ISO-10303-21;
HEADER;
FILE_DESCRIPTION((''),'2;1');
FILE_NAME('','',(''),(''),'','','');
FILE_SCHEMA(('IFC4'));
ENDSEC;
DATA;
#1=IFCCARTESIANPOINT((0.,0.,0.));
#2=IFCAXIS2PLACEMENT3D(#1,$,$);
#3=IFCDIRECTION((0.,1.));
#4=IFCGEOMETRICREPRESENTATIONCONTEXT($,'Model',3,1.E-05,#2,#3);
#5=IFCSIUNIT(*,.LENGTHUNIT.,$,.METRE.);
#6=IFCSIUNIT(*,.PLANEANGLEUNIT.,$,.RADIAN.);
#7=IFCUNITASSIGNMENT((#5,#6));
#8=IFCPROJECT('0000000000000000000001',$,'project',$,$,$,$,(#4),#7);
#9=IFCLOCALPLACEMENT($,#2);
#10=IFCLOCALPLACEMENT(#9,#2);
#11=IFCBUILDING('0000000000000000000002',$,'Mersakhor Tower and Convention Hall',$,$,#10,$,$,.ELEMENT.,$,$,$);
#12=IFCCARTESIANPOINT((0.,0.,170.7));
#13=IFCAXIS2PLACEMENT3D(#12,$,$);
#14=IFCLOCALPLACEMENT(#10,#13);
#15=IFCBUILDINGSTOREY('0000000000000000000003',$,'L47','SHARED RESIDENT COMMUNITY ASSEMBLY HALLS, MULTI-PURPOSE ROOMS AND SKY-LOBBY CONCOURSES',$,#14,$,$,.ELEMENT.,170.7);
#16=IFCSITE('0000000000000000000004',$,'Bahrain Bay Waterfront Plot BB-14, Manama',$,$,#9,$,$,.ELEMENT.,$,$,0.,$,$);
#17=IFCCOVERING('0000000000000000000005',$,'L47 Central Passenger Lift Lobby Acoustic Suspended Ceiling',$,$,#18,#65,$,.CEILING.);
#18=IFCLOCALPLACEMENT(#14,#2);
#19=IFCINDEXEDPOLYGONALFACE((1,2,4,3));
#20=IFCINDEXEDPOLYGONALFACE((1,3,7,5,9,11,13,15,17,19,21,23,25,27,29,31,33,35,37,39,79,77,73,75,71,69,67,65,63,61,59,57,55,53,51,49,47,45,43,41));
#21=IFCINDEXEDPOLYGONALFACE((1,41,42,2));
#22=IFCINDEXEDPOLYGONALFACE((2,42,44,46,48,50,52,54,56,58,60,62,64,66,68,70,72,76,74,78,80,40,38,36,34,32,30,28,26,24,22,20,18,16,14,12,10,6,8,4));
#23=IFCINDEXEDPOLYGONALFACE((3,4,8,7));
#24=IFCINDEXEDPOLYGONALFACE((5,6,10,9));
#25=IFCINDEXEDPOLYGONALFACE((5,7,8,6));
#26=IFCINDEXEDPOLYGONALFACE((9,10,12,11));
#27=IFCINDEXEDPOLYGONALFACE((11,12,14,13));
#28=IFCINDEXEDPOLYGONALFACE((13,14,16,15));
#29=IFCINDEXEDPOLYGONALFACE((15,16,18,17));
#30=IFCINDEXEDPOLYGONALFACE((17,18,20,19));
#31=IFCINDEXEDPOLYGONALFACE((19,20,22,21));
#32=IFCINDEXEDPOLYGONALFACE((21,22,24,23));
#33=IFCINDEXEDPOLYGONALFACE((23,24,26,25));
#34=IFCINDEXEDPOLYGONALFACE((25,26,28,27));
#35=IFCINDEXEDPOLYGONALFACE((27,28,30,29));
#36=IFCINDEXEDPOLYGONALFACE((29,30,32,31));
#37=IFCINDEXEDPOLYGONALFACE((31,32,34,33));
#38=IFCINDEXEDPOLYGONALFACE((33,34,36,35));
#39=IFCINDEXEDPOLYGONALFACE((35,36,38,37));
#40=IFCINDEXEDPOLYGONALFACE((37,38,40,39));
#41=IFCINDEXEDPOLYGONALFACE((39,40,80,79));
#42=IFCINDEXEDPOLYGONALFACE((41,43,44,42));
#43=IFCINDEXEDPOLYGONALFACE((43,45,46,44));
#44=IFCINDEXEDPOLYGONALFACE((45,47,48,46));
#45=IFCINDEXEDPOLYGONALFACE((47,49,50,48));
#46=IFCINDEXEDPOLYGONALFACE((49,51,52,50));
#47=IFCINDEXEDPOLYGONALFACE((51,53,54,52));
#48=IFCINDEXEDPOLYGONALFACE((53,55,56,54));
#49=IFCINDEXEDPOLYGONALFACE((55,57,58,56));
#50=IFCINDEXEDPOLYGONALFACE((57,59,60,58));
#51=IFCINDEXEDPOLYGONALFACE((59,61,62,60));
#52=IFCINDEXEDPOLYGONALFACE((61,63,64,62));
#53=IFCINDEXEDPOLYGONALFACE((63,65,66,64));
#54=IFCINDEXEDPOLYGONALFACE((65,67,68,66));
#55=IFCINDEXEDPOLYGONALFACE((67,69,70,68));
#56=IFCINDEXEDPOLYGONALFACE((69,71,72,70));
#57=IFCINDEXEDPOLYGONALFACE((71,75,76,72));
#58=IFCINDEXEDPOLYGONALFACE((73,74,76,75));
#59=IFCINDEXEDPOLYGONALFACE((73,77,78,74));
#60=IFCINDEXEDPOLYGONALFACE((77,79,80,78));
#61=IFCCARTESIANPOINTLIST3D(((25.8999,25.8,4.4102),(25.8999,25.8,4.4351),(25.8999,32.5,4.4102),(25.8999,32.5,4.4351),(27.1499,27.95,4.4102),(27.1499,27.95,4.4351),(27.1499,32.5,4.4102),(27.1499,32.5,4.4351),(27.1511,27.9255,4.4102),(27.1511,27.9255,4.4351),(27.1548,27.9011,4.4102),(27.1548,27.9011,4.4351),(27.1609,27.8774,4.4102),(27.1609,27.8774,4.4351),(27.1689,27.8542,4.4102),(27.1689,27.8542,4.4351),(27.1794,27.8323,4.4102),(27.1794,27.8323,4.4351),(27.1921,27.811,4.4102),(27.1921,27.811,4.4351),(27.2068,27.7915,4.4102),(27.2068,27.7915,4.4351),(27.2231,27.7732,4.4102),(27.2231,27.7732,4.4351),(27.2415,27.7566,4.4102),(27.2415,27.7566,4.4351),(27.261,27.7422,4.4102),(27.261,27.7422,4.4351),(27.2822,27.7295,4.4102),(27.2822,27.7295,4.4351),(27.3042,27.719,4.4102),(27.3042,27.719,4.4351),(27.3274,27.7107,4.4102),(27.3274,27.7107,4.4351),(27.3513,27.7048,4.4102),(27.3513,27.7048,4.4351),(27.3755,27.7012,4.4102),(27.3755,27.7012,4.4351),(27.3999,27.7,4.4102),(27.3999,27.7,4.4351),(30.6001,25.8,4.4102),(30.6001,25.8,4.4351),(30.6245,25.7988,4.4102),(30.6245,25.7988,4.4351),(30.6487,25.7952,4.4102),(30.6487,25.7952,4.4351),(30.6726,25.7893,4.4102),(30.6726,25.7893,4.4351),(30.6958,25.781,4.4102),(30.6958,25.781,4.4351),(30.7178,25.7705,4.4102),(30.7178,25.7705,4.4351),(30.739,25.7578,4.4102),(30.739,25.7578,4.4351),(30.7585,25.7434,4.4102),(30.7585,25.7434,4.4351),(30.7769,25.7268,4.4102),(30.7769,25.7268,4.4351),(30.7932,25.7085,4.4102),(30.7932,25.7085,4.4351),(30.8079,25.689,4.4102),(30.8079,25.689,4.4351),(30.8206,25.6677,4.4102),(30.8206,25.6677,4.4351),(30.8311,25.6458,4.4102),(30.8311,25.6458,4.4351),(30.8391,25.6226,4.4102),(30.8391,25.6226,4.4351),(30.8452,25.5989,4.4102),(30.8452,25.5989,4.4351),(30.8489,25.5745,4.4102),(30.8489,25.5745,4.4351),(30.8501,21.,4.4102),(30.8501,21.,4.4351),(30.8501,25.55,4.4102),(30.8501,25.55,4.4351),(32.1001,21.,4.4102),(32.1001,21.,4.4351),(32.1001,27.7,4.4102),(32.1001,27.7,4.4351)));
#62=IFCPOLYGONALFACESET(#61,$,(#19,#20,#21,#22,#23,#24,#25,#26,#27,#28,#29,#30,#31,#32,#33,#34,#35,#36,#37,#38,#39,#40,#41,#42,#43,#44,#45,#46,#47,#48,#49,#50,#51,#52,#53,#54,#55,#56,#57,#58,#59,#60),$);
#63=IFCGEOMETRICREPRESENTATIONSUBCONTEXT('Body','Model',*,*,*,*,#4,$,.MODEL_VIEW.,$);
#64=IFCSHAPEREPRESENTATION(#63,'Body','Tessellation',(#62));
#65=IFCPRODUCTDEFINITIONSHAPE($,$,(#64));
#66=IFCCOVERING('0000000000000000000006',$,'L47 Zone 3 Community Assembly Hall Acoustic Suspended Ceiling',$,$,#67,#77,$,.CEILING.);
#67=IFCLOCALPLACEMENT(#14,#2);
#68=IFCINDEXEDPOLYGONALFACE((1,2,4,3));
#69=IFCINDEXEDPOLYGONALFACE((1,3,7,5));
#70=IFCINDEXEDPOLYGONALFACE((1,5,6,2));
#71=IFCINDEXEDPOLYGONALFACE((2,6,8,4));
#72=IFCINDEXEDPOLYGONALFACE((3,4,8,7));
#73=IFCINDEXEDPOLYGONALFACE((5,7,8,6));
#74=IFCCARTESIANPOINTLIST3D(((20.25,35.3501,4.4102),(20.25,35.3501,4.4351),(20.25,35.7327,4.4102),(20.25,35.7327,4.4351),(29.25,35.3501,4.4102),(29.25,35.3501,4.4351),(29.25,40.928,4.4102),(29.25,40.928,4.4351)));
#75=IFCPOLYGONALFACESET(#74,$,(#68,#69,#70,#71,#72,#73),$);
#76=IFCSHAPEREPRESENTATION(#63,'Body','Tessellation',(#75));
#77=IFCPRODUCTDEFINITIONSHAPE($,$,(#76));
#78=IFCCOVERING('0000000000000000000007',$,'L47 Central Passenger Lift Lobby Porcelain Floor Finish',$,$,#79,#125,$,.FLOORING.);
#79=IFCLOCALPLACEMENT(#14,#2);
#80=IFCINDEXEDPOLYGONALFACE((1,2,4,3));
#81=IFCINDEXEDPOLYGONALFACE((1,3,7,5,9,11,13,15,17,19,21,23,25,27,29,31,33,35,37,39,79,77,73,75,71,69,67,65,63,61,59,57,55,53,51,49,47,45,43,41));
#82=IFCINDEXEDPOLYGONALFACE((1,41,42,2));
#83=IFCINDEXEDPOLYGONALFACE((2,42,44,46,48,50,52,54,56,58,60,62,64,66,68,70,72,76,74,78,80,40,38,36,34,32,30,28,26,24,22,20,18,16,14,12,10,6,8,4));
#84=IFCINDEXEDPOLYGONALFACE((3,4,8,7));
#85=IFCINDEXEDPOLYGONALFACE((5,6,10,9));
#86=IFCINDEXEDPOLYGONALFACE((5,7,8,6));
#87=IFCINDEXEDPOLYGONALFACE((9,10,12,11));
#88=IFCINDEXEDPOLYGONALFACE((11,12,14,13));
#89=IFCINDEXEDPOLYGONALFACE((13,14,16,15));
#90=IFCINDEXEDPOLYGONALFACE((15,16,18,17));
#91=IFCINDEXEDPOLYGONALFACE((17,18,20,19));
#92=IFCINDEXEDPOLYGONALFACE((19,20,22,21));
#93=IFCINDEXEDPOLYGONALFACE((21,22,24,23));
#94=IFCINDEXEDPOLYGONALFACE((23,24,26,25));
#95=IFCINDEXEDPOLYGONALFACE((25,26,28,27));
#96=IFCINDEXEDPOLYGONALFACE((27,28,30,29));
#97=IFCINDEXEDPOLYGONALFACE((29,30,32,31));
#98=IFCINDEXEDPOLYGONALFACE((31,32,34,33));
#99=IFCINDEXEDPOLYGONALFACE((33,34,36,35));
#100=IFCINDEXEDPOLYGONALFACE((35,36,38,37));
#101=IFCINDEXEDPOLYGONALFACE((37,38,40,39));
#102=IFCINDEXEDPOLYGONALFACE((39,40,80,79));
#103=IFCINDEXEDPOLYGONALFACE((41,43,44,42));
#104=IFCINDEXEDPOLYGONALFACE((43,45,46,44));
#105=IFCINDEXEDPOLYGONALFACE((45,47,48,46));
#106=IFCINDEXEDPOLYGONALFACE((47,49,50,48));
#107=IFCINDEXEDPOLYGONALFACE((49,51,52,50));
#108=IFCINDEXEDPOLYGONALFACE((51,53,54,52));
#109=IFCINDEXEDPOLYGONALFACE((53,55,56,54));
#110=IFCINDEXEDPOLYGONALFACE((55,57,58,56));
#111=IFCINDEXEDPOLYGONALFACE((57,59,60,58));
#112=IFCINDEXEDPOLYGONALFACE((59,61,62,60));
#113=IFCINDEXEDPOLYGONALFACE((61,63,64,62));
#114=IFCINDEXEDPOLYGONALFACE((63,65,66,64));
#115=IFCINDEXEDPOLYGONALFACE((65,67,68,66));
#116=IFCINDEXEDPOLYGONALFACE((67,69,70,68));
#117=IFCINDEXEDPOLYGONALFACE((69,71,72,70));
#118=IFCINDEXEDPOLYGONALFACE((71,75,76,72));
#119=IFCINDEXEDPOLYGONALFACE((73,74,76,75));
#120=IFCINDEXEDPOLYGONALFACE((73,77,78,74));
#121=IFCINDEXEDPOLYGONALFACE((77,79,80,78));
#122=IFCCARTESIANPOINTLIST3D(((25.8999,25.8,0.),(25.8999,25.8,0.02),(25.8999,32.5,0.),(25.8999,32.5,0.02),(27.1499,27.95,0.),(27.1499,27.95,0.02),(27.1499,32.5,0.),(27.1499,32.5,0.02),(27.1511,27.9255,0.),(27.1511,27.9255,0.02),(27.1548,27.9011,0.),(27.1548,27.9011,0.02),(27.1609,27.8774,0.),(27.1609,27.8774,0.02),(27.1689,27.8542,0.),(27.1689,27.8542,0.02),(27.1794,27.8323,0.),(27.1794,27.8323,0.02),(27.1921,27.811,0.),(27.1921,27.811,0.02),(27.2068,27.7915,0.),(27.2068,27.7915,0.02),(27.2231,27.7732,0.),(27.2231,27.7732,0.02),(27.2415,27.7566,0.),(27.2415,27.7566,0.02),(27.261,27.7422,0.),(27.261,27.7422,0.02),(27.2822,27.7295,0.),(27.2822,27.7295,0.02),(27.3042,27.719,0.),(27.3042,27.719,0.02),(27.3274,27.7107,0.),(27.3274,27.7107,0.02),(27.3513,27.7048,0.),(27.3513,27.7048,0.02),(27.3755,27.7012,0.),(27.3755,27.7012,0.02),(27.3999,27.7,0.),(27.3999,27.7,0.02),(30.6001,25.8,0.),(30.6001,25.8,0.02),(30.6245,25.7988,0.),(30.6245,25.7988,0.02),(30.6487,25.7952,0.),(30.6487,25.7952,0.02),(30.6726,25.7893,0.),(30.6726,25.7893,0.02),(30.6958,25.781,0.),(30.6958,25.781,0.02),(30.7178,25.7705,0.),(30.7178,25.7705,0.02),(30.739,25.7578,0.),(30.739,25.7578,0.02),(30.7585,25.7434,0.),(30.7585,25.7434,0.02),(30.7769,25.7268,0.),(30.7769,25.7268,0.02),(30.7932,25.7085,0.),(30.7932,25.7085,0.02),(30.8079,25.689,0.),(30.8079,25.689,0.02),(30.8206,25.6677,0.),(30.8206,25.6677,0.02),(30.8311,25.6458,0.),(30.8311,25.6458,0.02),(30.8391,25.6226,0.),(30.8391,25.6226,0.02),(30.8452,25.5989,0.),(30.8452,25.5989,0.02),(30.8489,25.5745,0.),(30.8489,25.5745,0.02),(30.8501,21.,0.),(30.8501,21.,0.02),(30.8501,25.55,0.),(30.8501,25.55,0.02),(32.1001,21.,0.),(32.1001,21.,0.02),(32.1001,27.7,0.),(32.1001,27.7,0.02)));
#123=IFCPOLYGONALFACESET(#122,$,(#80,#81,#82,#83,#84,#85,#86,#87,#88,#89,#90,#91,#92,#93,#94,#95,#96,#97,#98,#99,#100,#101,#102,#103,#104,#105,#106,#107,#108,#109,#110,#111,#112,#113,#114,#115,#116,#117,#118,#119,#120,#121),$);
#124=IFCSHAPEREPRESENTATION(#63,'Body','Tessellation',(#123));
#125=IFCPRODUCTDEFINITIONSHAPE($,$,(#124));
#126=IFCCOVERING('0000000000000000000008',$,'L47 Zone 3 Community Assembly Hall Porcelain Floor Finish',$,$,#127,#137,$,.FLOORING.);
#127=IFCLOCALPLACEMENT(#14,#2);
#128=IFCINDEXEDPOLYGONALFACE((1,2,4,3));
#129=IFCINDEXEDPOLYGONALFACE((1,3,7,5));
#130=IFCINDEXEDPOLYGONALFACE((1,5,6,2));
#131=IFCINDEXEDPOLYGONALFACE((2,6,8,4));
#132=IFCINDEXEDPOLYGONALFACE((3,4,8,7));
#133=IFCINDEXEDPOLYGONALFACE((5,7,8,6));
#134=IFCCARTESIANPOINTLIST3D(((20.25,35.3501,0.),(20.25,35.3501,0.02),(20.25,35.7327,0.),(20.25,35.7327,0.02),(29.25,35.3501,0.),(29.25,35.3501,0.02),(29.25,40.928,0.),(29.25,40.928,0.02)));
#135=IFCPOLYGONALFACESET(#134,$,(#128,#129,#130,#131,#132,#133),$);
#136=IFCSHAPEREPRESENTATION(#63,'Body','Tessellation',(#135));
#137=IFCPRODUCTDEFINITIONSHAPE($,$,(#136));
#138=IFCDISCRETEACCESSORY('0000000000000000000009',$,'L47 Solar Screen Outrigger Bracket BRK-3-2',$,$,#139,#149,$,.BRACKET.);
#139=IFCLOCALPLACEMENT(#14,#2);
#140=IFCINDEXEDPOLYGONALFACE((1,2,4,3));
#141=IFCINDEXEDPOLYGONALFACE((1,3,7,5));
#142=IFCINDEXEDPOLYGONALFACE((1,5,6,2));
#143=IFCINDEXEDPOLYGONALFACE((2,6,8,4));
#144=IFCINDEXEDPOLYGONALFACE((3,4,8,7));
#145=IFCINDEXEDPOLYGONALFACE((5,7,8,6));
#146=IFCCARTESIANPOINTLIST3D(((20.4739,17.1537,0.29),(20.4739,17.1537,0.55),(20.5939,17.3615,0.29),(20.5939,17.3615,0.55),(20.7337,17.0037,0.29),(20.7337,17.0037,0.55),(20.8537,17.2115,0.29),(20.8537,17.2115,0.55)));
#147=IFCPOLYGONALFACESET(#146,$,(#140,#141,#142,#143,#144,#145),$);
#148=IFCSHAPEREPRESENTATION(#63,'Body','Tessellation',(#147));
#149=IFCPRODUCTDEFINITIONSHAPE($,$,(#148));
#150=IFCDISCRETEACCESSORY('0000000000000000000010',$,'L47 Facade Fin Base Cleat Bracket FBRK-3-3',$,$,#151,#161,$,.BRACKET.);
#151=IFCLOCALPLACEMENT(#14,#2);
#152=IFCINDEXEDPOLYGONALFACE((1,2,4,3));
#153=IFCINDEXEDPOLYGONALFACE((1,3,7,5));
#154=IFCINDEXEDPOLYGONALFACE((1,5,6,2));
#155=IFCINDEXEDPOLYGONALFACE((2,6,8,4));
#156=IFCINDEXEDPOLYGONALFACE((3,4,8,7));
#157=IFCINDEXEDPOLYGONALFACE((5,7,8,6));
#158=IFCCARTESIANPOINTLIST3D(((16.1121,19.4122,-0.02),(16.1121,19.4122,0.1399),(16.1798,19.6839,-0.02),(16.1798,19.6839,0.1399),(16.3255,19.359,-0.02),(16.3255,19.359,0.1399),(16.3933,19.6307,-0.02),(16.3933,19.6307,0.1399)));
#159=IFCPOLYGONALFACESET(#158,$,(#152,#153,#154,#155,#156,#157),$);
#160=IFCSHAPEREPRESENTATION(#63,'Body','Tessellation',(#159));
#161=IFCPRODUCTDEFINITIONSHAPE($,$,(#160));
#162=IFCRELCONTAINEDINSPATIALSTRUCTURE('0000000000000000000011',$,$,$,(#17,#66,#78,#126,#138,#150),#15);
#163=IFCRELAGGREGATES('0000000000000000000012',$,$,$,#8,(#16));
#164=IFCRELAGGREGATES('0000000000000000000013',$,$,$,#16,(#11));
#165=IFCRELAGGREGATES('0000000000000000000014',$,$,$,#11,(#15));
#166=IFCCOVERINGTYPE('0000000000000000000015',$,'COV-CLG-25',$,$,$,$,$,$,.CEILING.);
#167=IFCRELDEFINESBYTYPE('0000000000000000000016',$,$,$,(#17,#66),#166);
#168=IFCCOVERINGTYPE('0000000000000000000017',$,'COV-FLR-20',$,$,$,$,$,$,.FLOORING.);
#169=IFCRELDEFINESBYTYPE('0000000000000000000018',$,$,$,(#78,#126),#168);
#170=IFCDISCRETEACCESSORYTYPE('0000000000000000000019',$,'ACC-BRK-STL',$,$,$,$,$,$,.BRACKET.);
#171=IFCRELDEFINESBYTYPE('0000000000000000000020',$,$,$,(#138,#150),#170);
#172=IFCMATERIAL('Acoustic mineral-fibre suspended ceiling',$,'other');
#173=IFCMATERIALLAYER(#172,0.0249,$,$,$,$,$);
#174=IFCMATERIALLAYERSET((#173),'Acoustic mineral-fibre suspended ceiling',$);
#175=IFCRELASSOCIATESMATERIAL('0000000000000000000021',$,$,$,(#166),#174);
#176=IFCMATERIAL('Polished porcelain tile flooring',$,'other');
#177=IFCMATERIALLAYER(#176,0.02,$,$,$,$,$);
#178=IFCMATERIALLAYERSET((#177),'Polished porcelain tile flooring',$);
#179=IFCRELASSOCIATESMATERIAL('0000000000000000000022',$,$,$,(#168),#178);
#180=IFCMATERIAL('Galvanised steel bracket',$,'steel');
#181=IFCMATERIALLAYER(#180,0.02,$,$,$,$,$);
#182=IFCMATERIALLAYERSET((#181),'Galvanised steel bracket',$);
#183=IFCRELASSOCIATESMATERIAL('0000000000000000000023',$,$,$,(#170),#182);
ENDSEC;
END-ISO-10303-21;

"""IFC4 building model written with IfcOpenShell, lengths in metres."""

from ifc_helpers import new_model, si_unit, direction, frame, origin, origin_2d, place, context, subcontext, project, spatial, polyline, rectangle, outline, extrude, material, layer, layer_set, type_object, element, save


model = new_model("IFC4")

# Units and contexts
model_context = context("Model", 3, precision=1e-05, world=origin(), true_north=direction((0.0, 1.0)))
body_context = subcontext(model_context, "Body", "Model", "MODEL_VIEW")
ifc_project = project(units=[si_unit("LENGTHUNIT", "METRE"), si_unit("PLANEANGLEUNIT", "RADIAN")], contexts=[model_context])

# Site, building, storey
site_placement = place(None, origin())
site = spatial("IfcSite", under=ifc_project, at=site_placement, Name="Bahrain Bay Waterfront Plot BB-14, Manama", CompositionType="ELEMENT", RefElevation=0.0)
building_placement = place(site_placement, origin())
building = spatial("IfcBuilding", under=site, at=building_placement, Name="Mersakhor Tower and Convention Hall", CompositionType="ELEMENT")
storey_placement = place(building_placement, frame((0.0, 0.0, 170.7)))
storey = spatial("IfcBuildingStorey", under=building, at=storey_placement, Name="L47", Description="SHARED RESIDENT COMMUNITY ASSEMBLY HALLS, MULTI-PURPOSE ROOMS AND SKY-LOBBY CONCOURSES", CompositionType="ELEMENT", Elevation=170.7)

# Coverings
ifc_material_1 = material(Name="Acoustic mineral-fibre suspended ceiling", Category="other")
ifc_layer_1 = layer(ifc_material_1, 0.0249)
ifc_layer_set_1 = layer_set([ifc_layer_1], Name="Acoustic mineral-fibre suspended ceiling")
covering_type_1 = type_object("IfcCoveringType", Name="COV-CLG-25", PredefinedType="CEILING", material=ifc_layer_set_1)
covering_1_placement = place(storey_placement, frame((0.0, 0.0, 4.4102)))
element("IfcCovering", 1, at=covering_1_placement, inside=storey, type_object=covering_type_1, Name="L47 Central Passenger Lift Lobby Acoustic Suspended Ceiling", PredefinedType="CEILING", context=body_context, shape_type="SweptSolid", body=[
    extrude(outline(polyline([(30.8501, 21.0), (30.8501, 25.55), (30.8489, 25.5745), (30.8452, 25.5989), (30.8391, 25.6226), (30.8311, 25.6458), (30.8206, 25.6677), (30.8079, 25.689), (30.7932, 25.7085), (30.7769, 25.7268), (30.7585, 25.7434), (30.739, 25.7578), (30.7178, 25.7705), (30.6958, 25.781), (30.6726, 25.7893), (30.6487, 25.7952), (30.6245, 25.7988), (30.6001, 25.8), (25.8999, 25.8), (25.8999, 32.5), (27.1499, 32.5), (27.1499, 27.95), (27.1511, 27.9255), (27.1548, 27.9011), (27.1609, 27.8774), (27.1689, 27.8542), (27.1794, 27.8323), (27.1921, 27.811), (27.2068, 27.7915), (27.2231, 27.7732), (27.2415, 27.7566), (27.261, 27.7422), (27.2822, 27.7295), (27.3042, 27.719), (27.3274, 27.7107), (27.3513, 27.7048), (27.3755, 27.7012), (27.3999, 27.7), (32.1001, 27.7), (32.1001, 21.0), (30.8501, 21.0)])), origin(), (0.0, 0.0, 1.0), 0.0249),
])
covering_2_placement = place(storey_placement, frame((0.0, 0.0, 4.4102)))
element("IfcCovering", 2, at=covering_2_placement, inside=storey, type_object=covering_type_1, Name="L47 Zone 3 Community Assembly Hall Acoustic Suspended Ceiling", PredefinedType="CEILING", context=body_context, shape_type="SweptSolid", body=[
    extrude(outline(polyline([(29.25, 35.3501), (20.25, 35.3501), (20.25, 35.7327), (29.25, 40.928), (29.25, 35.3501)])), origin(), (0.0, 0.0, 1.0), 0.0249),
])
ifc_material_2 = material(Name="Polished porcelain tile flooring", Category="other")
ifc_layer_2 = layer(ifc_material_2, 0.02)
ifc_layer_set_2 = layer_set([ifc_layer_2], Name="Polished porcelain tile flooring")
covering_type_2 = type_object("IfcCoveringType", Name="COV-FLR-20", PredefinedType="FLOORING", material=ifc_layer_set_2)
covering_3_placement = place(storey_placement, origin())
element("IfcCovering", 3, at=covering_3_placement, inside=storey, type_object=covering_type_2, Name="L47 Central Passenger Lift Lobby Porcelain Floor Finish", PredefinedType="FLOORING", context=body_context, shape_type="SweptSolid", body=[
    extrude(outline(polyline([(30.8501, 21.0), (30.8501, 25.55), (30.8489, 25.5745), (30.8452, 25.5989), (30.8391, 25.6226), (30.8311, 25.6458), (30.8206, 25.6677), (30.8079, 25.689), (30.7932, 25.7085), (30.7769, 25.7268), (30.7585, 25.7434), (30.739, 25.7578), (30.7178, 25.7705), (30.6958, 25.781), (30.6726, 25.7893), (30.6487, 25.7952), (30.6245, 25.7988), (30.6001, 25.8), (25.8999, 25.8), (25.8999, 32.5), (27.1499, 32.5), (27.1499, 27.95), (27.1511, 27.9255), (27.1548, 27.9011), (27.1609, 27.8774), (27.1689, 27.8542), (27.1794, 27.8323), (27.1921, 27.811), (27.2068, 27.7915), (27.2231, 27.7732), (27.2415, 27.7566), (27.261, 27.7422), (27.2822, 27.7295), (27.3042, 27.719), (27.3274, 27.7107), (27.3513, 27.7048), (27.3755, 27.7012), (27.3999, 27.7), (32.1001, 27.7), (32.1001, 21.0), (30.8501, 21.0)])), origin(), (0.0, 0.0, 1.0), 0.02),
])
covering_4_placement = place(storey_placement, origin())
element("IfcCovering", 4, at=covering_4_placement, inside=storey, type_object=covering_type_2, Name="L47 Zone 3 Community Assembly Hall Porcelain Floor Finish", PredefinedType="FLOORING", context=body_context, shape_type="SweptSolid", body=[
    extrude(outline(polyline([(29.25, 35.3501), (20.25, 35.3501), (20.25, 35.7327), (29.25, 40.928), (29.25, 35.3501)])), origin(), (0.0, 0.0, 1.0), 0.02),
])

# Discrete accessories
ifc_material_3 = material(Name="Galvanised steel bracket", Category="steel")
ifc_layer_3 = layer(ifc_material_3, 0.02)
ifc_layer_set_3 = layer_set([ifc_layer_3], Name="Galvanised steel bracket")
discrete_accessory_type = type_object("IfcDiscreteAccessoryType", Name="ACC-BRK-STL", PredefinedType="BRACKET", material=ifc_layer_set_3)
discrete_accessory_1_placement = place(storey_placement, frame((20.6638, 17.1826, 0.29), z_axis=(0.0, 0.0, 1.0), x_axis=(-0.866025, 0.5, 0.0)))
element("IfcDiscreteAccessory", 5, at=discrete_accessory_1_placement, inside=storey, type_object=discrete_accessory_type, Name="L47 Solar Screen Outrigger Bracket BRK-3-2", PredefinedType="BRACKET", context=body_context, shape_type="SweptSolid", body=[
    extrude(rectangle(XDim=0.3, YDim=0.24, at=origin_2d()), origin(), (0.0, 0.0, 1.0), 0.26),
])
discrete_accessory_2_placement = place(storey_placement, frame((16.2527, 19.5215, -0.02), z_axis=(0.0, 0.0, 1.0), x_axis=(-0.241922, -0.970296, 0.0)))
element("IfcDiscreteAccessory", 6, at=discrete_accessory_2_placement, inside=storey, type_object=discrete_accessory_type, Name="L47 Facade Fin Base Cleat Bracket FBRK-3-3", PredefinedType="BRACKET", context=body_context, shape_type="SweptSolid", body=[
    extrude(rectangle(XDim=0.28, YDim=0.22, at=origin_2d()), origin(), (0.0, 0.0, 1.0), 0.1599),
])

save(model, "model.ifc")
